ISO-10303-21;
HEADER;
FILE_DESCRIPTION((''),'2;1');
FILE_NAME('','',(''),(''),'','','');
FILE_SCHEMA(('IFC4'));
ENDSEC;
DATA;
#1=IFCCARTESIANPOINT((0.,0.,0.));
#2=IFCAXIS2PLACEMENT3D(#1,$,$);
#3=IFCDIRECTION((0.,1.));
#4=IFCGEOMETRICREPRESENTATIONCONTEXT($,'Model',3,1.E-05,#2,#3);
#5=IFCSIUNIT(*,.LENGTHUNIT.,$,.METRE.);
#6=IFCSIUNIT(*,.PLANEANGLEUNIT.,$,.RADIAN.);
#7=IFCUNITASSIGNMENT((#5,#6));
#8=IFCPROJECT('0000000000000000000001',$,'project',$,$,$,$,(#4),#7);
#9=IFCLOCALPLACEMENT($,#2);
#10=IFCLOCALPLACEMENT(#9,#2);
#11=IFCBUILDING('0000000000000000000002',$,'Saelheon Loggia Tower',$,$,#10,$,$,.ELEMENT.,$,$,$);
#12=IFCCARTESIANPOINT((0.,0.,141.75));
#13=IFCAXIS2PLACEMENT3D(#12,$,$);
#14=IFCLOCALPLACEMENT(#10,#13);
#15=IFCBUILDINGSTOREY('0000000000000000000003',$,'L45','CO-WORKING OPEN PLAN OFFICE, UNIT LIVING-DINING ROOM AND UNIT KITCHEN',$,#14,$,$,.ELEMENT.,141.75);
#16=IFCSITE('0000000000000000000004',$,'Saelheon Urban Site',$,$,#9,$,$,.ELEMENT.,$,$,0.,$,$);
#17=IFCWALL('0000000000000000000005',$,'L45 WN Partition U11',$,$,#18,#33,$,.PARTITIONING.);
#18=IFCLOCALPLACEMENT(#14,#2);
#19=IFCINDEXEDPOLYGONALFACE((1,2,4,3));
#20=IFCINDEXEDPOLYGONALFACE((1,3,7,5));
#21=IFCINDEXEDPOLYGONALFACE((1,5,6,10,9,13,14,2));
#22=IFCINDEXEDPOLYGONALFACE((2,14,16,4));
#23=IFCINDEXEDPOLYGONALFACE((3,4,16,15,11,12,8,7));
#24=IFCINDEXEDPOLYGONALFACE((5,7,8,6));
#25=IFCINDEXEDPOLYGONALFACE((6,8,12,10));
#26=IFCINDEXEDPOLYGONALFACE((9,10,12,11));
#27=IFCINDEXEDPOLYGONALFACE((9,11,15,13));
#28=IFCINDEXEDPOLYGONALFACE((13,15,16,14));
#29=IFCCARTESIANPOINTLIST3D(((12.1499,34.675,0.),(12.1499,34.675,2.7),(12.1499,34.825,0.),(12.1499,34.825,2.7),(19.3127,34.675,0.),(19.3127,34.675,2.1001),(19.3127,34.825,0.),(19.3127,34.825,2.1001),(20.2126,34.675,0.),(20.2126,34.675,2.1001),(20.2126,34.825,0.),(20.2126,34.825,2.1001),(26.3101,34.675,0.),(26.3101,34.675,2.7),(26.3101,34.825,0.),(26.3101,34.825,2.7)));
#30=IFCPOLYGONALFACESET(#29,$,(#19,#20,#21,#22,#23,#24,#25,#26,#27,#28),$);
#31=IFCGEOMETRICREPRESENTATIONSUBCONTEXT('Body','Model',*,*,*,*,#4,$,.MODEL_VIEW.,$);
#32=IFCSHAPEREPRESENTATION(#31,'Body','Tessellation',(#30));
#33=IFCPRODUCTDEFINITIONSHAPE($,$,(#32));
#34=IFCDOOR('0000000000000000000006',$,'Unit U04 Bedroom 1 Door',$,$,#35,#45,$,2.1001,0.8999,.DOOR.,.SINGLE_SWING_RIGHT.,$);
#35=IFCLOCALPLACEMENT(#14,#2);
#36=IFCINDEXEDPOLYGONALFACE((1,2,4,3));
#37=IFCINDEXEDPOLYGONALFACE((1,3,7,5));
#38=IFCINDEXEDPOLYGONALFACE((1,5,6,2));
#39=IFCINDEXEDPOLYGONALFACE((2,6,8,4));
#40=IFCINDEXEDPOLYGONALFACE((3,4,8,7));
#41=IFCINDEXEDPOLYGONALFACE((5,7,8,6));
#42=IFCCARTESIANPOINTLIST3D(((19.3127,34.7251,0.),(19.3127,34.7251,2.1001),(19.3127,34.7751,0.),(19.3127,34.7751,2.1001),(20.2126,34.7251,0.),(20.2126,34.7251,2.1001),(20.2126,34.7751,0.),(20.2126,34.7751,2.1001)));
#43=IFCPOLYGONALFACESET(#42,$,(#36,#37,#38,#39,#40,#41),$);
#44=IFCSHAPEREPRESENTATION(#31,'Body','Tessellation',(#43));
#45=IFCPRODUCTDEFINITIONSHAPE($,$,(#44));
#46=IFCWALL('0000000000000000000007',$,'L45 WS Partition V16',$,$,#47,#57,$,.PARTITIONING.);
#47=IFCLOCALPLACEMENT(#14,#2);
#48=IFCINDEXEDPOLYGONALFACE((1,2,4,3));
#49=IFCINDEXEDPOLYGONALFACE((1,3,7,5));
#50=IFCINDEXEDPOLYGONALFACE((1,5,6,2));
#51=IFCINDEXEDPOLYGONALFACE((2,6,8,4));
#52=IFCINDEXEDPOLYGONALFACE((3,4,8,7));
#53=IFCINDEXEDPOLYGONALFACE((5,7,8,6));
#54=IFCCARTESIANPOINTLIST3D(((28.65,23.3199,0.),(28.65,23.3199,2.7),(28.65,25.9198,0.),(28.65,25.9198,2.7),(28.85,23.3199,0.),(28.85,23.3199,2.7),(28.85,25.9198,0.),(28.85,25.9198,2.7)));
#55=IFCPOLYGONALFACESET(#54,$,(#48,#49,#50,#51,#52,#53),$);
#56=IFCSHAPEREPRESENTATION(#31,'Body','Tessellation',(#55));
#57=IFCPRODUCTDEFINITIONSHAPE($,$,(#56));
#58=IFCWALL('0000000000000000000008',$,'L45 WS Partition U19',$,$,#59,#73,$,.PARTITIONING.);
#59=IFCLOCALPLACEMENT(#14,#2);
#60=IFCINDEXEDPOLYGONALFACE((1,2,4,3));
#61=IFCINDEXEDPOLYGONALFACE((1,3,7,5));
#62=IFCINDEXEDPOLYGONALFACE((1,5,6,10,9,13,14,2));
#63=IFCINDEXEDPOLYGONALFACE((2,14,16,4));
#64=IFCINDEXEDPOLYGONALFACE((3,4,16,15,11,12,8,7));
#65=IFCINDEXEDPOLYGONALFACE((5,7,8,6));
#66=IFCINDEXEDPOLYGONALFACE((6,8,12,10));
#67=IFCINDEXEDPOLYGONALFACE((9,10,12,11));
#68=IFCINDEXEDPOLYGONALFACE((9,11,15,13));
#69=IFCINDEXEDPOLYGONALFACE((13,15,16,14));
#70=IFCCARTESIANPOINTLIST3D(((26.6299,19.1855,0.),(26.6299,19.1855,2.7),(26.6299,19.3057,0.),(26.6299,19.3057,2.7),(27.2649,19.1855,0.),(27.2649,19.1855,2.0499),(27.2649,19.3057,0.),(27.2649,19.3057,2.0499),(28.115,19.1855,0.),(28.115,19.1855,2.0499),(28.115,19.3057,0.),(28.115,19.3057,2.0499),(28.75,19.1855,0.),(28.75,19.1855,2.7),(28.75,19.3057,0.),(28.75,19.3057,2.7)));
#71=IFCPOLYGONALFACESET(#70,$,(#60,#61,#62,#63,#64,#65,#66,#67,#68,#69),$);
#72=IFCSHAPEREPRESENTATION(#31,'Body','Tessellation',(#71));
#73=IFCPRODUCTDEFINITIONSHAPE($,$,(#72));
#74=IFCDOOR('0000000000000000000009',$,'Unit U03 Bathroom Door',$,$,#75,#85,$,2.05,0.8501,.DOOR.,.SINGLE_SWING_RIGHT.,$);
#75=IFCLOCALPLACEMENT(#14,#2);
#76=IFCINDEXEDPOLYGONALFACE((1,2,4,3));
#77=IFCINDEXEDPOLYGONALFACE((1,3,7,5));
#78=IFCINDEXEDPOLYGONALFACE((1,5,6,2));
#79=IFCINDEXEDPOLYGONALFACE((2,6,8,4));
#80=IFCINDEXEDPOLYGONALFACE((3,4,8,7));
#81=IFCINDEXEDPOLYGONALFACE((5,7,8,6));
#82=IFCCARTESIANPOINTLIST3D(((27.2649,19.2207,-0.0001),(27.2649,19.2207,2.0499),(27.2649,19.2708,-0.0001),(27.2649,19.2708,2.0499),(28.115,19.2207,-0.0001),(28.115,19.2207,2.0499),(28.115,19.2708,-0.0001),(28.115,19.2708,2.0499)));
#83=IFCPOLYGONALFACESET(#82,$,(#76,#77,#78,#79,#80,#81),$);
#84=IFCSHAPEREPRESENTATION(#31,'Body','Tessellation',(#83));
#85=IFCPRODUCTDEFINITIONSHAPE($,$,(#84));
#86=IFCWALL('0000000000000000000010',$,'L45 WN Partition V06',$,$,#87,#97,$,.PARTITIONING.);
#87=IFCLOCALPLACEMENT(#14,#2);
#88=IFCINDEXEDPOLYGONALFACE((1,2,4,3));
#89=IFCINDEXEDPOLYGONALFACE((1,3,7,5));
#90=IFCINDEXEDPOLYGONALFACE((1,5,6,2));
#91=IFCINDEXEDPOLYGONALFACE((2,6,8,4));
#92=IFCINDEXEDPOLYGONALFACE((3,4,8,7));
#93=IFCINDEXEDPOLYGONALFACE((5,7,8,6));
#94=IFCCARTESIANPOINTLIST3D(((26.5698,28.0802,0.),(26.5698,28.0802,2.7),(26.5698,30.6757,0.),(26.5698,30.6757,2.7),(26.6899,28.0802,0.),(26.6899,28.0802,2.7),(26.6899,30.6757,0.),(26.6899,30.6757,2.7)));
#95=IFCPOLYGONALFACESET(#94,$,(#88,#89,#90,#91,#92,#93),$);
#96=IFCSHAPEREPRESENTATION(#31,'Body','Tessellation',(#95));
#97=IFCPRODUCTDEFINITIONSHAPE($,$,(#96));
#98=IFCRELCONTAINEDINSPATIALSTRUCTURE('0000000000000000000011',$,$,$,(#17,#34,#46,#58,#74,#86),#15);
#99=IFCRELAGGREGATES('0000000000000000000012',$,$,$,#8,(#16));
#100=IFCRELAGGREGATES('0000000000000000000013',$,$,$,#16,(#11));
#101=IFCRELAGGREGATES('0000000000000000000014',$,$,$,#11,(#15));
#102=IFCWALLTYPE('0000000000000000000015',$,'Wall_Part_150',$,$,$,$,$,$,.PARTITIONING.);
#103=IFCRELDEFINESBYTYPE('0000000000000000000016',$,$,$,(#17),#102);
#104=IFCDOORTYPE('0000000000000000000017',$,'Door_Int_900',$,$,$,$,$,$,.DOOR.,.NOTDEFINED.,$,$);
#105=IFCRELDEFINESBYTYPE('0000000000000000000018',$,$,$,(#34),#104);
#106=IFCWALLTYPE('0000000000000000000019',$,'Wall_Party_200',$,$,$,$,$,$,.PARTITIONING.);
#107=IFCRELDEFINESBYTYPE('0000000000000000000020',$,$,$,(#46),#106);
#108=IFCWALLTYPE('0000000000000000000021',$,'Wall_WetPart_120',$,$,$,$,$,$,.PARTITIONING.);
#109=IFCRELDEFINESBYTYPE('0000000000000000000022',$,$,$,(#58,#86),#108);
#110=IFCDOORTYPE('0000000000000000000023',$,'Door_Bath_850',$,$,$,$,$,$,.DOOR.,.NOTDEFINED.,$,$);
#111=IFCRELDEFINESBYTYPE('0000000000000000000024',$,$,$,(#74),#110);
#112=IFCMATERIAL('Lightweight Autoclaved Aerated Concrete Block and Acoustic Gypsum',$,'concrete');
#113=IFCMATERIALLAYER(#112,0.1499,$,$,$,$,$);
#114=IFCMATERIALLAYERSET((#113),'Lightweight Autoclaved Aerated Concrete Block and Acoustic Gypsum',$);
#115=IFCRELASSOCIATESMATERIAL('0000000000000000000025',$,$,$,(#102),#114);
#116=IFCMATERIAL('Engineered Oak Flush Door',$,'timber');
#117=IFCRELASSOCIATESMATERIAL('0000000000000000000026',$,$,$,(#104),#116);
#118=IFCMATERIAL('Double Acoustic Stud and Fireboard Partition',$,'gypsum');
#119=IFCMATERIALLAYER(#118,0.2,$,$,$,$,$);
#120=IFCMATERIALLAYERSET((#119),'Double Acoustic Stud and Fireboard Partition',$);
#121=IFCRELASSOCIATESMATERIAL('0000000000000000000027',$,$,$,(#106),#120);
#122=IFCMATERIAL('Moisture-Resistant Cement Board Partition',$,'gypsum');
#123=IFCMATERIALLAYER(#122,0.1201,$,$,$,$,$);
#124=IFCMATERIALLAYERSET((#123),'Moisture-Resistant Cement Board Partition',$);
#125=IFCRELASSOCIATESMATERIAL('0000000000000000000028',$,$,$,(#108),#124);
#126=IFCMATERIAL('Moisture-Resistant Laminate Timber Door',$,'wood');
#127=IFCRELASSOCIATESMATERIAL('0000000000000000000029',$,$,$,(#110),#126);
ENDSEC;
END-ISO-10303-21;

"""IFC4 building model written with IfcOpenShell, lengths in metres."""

from ifc_helpers import new_model, si_unit, direction, frame, frame_2d, origin, place, context, subcontext, project, spatial, rectangle, extrude, source, transform, mapped, material, layer, layer_set, type_object, element, fill, save


model = new_model("IFC4")

# Units and contexts
model_context = context("Model", 3, precision=1e-05, world=origin(), true_north=direction((0.0, 1.0)))
body_context = subcontext(model_context, "Body", "Model", "MODEL_VIEW")
ifc_project = project(units=[si_unit("LENGTHUNIT", "METRE"), si_unit("PLANEANGLEUNIT", "RADIAN")], contexts=[model_context])

# Site, building, storey
site_placement = place(None, origin())
site = spatial("IfcSite", under=ifc_project, at=site_placement, Name="Saelheon Urban Site", CompositionType="ELEMENT", RefElevation=0.0)
building_placement = place(site_placement, origin())
building = spatial("IfcBuilding", under=site, at=building_placement, Name="Saelheon Loggia Tower", CompositionType="ELEMENT")
storey_placement = place(building_placement, frame((0.0, 0.0, 141.75)))
storey = spatial("IfcBuildingStorey", under=building, at=storey_placement, Name="L45", Description="CO-WORKING OPEN PLAN OFFICE, UNIT LIVING-DINING ROOM AND UNIT KITCHEN", CompositionType="ELEMENT", Elevation=141.75)

# Shared definitions
ifc_material_1 = material(Name="Lightweight Autoclaved Aerated Concrete Block and Acoustic Gypsum", Category="concrete")
ifc_layer_1 = layer(ifc_material_1, 0.1499)
ifc_layer_set_1 = layer_set([ifc_layer_1], Name="Lightweight Autoclaved Aerated Concrete Block and Acoustic Gypsum")
wall_type_1 = type_object("IfcWallType", Name="Wall_Part_150", PredefinedType="PARTITIONING", material=ifc_layer_set_1)

# Shared definitions
ifc_material_2 = material(Name="Engineered Oak Flush Door", Category="timber")
door_type_1 = type_object("IfcDoorType", Name="Door_Int_900", OperationType="NOTDEFINED", PredefinedType="DOOR", material=ifc_material_2)
shared_shape_1 = source(origin(), body_context, "Body", "SweptSolid", [
    extrude(rectangle(XDim=0.8999, YDim=2.1001, at=frame_2d((0.45, 1.05))), frame((0.0, 0.0249, 0.0), z_axis=(0.0, -1.0, 0.0), x_axis=(1.0, 0.0, 0.0)), (0.0, 0.0, 1.0), 0.05),
])

# Wall, opening, door
wall_1_placement = place(storey_placement, frame((26.3101, 34.75, 0.0), z_axis=(0.0, 0.0, 1.0), x_axis=(-1.0, 0.0, 0.0)))
wall_1 = element("IfcWall", 1, at=wall_1_placement, inside=storey, type_object=wall_type_1, Name="L45 WN Partition U11", PredefinedType="PARTITIONING", context=body_context, shape_type="SweptSolid", body=[
    extrude(rectangle(XDim=14.1602, YDim=0.1499, at=frame_2d((7.0801, 0.0))), origin(), (0.0, 0.0, 1.0), 2.7),
])
opening_1_placement = place(wall_1_placement, frame((6.0974, 0.0, 0.0)))
opening_1 = element("IfcOpeningElement", 2, at=opening_1_placement, cuts=wall_1, PredefinedType="OPENING", context=body_context, shape_type="SweptSolid", body=[
    extrude(rectangle(XDim=0.8999, YDim=2.1001, at=frame_2d((0.45, 1.05))), frame((0.0, 0.0869, 0.0), z_axis=(0.0, -1.0, 0.0), x_axis=(1.0, 0.0, 0.0)), (0.0, 0.0, 1.0), 0.1738),
])
door_1_placement = place(opening_1_placement, origin())
door_1 = element("IfcDoor", 3, at=door_1_placement, inside=storey, type_object=door_type_1, Name="Unit U04 Bedroom 1 Door", OperationType="SINGLE_SWING_RIGHT", OverallHeight=2.1001, OverallWidth=0.8999, PredefinedType="DOOR", context=body_context, shape_type="MappedRepresentation", body=[
    mapped(shared_shape_1, transform((0.0, 0.0, 0.0), scale=1.0)),
])
fill(opening_1, door_1)

# Wall
ifc_material_3 = material(Name="Double Acoustic Stud and Fireboard Partition", Category="gypsum")
ifc_layer_2 = layer(ifc_material_3, 0.2)
ifc_layer_set_2 = layer_set([ifc_layer_2], Name="Double Acoustic Stud and Fireboard Partition")
wall_type_2 = type_object("IfcWallType", Name="Wall_Party_200", PredefinedType="PARTITIONING", material=ifc_layer_set_2)
wall_2_placement = place(storey_placement, frame((28.75, 23.3201, 0.0), z_axis=(0.0, 0.0, 1.0), x_axis=(0.0, 1.0, 0.0)))
element("IfcWall", 4, at=wall_2_placement, inside=storey, type_object=wall_type_2, Name="L45 WS Partition V16", PredefinedType="PARTITIONING", context=body_context, shape_type="SweptSolid", body=[
    extrude(rectangle(XDim=2.5999, YDim=0.2, at=frame_2d((1.2998, 0.0))), origin(), (0.0, 0.0, 1.0), 2.7),
])

# Wall, opening, door
ifc_material_4 = material(Name="Moisture-Resistant Cement Board Partition", Category="gypsum")
ifc_layer_3 = layer(ifc_material_4, 0.1201)
ifc_layer_set_3 = layer_set([ifc_layer_3], Name="Moisture-Resistant Cement Board Partition")
wall_type_3 = type_object("IfcWallType", Name="Wall_WetPart_120", PredefinedType="PARTITIONING", material=ifc_layer_set_3)
wall_3_placement = place(storey_placement, frame((28.75, 19.2456, 0.0), z_axis=(0.0, 0.0, 1.0), x_axis=(-1.0, 0.0, 0.0)))
wall_3 = element("IfcWall", 5, at=wall_3_placement, inside=storey, type_object=wall_type_3, Name="L45 WS Partition U19", PredefinedType="PARTITIONING", context=body_context, shape_type="SweptSolid", body=[
    extrude(rectangle(XDim=2.1201, YDim=0.1201, at=frame_2d((1.0601, 0.0))), origin(), (0.0, 0.0, 1.0), 2.7),
])
opening_2_placement = place(wall_3_placement, frame((0.635, 0.0, 0.0)))
opening_2 = element("IfcOpeningElement", 6, at=opening_2_placement, cuts=wall_3, PredefinedType="OPENING", context=body_context, shape_type="SweptSolid", body=[
    extrude(rectangle(XDim=0.8501, YDim=2.05, at=frame_2d((0.425, 1.0249))), frame((0.0, 0.072, 0.0), z_axis=(0.0, -1.0, 0.0), x_axis=(1.0, 0.0, 0.0)), (0.0, 0.0, 1.0), 0.144),
])
ifc_material_5 = material(Name="Moisture-Resistant Laminate Timber Door", Category="wood")
door_type_2 = type_object("IfcDoorType", Name="Door_Bath_850", OperationType="NOTDEFINED", PredefinedType="DOOR", material=ifc_material_5)
shared_shape_2 = source(origin(), body_context, "Body", "SweptSolid", [
    extrude(rectangle(XDim=0.8501, YDim=2.05, at=frame_2d((0.425, 1.0249))), frame((0.0, 0.0249, 0.0), z_axis=(0.0, -1.0, 0.0), x_axis=(1.0, 0.0, 0.0)), (0.0, 0.0, 1.0), 0.05),
])
door_2_placement = place(opening_2_placement, origin())
door_2 = element("IfcDoor", 7, at=door_2_placement, inside=storey, type_object=door_type_2, Name="Unit U03 Bathroom Door", OperationType="SINGLE_SWING_RIGHT", OverallHeight=2.05, OverallWidth=0.8501, PredefinedType="DOOR", context=body_context, shape_type="MappedRepresentation", body=[
    mapped(shared_shape_2, transform((0.0, 0.0, 0.0), scale=1.0)),
])
fill(opening_2, door_2)

# Wall
wall_4_placement = place(storey_placement, frame((26.6299, 28.0801, 0.0), z_axis=(0.0, 0.0, 1.0), x_axis=(0.0, 1.0, 0.0)))
element("IfcWall", 8, at=wall_4_placement, inside=storey, type_object=wall_type_3, Name="L45 WN Partition V06", PredefinedType="PARTITIONING", context=body_context, shape_type="SweptSolid", body=[
    extrude(rectangle(XDim=2.5955, YDim=0.1201, at=frame_2d((1.2979, 0.0))), origin(), (0.0, 0.0, 1.0), 2.7),
])

save(model, "model.ifc")
